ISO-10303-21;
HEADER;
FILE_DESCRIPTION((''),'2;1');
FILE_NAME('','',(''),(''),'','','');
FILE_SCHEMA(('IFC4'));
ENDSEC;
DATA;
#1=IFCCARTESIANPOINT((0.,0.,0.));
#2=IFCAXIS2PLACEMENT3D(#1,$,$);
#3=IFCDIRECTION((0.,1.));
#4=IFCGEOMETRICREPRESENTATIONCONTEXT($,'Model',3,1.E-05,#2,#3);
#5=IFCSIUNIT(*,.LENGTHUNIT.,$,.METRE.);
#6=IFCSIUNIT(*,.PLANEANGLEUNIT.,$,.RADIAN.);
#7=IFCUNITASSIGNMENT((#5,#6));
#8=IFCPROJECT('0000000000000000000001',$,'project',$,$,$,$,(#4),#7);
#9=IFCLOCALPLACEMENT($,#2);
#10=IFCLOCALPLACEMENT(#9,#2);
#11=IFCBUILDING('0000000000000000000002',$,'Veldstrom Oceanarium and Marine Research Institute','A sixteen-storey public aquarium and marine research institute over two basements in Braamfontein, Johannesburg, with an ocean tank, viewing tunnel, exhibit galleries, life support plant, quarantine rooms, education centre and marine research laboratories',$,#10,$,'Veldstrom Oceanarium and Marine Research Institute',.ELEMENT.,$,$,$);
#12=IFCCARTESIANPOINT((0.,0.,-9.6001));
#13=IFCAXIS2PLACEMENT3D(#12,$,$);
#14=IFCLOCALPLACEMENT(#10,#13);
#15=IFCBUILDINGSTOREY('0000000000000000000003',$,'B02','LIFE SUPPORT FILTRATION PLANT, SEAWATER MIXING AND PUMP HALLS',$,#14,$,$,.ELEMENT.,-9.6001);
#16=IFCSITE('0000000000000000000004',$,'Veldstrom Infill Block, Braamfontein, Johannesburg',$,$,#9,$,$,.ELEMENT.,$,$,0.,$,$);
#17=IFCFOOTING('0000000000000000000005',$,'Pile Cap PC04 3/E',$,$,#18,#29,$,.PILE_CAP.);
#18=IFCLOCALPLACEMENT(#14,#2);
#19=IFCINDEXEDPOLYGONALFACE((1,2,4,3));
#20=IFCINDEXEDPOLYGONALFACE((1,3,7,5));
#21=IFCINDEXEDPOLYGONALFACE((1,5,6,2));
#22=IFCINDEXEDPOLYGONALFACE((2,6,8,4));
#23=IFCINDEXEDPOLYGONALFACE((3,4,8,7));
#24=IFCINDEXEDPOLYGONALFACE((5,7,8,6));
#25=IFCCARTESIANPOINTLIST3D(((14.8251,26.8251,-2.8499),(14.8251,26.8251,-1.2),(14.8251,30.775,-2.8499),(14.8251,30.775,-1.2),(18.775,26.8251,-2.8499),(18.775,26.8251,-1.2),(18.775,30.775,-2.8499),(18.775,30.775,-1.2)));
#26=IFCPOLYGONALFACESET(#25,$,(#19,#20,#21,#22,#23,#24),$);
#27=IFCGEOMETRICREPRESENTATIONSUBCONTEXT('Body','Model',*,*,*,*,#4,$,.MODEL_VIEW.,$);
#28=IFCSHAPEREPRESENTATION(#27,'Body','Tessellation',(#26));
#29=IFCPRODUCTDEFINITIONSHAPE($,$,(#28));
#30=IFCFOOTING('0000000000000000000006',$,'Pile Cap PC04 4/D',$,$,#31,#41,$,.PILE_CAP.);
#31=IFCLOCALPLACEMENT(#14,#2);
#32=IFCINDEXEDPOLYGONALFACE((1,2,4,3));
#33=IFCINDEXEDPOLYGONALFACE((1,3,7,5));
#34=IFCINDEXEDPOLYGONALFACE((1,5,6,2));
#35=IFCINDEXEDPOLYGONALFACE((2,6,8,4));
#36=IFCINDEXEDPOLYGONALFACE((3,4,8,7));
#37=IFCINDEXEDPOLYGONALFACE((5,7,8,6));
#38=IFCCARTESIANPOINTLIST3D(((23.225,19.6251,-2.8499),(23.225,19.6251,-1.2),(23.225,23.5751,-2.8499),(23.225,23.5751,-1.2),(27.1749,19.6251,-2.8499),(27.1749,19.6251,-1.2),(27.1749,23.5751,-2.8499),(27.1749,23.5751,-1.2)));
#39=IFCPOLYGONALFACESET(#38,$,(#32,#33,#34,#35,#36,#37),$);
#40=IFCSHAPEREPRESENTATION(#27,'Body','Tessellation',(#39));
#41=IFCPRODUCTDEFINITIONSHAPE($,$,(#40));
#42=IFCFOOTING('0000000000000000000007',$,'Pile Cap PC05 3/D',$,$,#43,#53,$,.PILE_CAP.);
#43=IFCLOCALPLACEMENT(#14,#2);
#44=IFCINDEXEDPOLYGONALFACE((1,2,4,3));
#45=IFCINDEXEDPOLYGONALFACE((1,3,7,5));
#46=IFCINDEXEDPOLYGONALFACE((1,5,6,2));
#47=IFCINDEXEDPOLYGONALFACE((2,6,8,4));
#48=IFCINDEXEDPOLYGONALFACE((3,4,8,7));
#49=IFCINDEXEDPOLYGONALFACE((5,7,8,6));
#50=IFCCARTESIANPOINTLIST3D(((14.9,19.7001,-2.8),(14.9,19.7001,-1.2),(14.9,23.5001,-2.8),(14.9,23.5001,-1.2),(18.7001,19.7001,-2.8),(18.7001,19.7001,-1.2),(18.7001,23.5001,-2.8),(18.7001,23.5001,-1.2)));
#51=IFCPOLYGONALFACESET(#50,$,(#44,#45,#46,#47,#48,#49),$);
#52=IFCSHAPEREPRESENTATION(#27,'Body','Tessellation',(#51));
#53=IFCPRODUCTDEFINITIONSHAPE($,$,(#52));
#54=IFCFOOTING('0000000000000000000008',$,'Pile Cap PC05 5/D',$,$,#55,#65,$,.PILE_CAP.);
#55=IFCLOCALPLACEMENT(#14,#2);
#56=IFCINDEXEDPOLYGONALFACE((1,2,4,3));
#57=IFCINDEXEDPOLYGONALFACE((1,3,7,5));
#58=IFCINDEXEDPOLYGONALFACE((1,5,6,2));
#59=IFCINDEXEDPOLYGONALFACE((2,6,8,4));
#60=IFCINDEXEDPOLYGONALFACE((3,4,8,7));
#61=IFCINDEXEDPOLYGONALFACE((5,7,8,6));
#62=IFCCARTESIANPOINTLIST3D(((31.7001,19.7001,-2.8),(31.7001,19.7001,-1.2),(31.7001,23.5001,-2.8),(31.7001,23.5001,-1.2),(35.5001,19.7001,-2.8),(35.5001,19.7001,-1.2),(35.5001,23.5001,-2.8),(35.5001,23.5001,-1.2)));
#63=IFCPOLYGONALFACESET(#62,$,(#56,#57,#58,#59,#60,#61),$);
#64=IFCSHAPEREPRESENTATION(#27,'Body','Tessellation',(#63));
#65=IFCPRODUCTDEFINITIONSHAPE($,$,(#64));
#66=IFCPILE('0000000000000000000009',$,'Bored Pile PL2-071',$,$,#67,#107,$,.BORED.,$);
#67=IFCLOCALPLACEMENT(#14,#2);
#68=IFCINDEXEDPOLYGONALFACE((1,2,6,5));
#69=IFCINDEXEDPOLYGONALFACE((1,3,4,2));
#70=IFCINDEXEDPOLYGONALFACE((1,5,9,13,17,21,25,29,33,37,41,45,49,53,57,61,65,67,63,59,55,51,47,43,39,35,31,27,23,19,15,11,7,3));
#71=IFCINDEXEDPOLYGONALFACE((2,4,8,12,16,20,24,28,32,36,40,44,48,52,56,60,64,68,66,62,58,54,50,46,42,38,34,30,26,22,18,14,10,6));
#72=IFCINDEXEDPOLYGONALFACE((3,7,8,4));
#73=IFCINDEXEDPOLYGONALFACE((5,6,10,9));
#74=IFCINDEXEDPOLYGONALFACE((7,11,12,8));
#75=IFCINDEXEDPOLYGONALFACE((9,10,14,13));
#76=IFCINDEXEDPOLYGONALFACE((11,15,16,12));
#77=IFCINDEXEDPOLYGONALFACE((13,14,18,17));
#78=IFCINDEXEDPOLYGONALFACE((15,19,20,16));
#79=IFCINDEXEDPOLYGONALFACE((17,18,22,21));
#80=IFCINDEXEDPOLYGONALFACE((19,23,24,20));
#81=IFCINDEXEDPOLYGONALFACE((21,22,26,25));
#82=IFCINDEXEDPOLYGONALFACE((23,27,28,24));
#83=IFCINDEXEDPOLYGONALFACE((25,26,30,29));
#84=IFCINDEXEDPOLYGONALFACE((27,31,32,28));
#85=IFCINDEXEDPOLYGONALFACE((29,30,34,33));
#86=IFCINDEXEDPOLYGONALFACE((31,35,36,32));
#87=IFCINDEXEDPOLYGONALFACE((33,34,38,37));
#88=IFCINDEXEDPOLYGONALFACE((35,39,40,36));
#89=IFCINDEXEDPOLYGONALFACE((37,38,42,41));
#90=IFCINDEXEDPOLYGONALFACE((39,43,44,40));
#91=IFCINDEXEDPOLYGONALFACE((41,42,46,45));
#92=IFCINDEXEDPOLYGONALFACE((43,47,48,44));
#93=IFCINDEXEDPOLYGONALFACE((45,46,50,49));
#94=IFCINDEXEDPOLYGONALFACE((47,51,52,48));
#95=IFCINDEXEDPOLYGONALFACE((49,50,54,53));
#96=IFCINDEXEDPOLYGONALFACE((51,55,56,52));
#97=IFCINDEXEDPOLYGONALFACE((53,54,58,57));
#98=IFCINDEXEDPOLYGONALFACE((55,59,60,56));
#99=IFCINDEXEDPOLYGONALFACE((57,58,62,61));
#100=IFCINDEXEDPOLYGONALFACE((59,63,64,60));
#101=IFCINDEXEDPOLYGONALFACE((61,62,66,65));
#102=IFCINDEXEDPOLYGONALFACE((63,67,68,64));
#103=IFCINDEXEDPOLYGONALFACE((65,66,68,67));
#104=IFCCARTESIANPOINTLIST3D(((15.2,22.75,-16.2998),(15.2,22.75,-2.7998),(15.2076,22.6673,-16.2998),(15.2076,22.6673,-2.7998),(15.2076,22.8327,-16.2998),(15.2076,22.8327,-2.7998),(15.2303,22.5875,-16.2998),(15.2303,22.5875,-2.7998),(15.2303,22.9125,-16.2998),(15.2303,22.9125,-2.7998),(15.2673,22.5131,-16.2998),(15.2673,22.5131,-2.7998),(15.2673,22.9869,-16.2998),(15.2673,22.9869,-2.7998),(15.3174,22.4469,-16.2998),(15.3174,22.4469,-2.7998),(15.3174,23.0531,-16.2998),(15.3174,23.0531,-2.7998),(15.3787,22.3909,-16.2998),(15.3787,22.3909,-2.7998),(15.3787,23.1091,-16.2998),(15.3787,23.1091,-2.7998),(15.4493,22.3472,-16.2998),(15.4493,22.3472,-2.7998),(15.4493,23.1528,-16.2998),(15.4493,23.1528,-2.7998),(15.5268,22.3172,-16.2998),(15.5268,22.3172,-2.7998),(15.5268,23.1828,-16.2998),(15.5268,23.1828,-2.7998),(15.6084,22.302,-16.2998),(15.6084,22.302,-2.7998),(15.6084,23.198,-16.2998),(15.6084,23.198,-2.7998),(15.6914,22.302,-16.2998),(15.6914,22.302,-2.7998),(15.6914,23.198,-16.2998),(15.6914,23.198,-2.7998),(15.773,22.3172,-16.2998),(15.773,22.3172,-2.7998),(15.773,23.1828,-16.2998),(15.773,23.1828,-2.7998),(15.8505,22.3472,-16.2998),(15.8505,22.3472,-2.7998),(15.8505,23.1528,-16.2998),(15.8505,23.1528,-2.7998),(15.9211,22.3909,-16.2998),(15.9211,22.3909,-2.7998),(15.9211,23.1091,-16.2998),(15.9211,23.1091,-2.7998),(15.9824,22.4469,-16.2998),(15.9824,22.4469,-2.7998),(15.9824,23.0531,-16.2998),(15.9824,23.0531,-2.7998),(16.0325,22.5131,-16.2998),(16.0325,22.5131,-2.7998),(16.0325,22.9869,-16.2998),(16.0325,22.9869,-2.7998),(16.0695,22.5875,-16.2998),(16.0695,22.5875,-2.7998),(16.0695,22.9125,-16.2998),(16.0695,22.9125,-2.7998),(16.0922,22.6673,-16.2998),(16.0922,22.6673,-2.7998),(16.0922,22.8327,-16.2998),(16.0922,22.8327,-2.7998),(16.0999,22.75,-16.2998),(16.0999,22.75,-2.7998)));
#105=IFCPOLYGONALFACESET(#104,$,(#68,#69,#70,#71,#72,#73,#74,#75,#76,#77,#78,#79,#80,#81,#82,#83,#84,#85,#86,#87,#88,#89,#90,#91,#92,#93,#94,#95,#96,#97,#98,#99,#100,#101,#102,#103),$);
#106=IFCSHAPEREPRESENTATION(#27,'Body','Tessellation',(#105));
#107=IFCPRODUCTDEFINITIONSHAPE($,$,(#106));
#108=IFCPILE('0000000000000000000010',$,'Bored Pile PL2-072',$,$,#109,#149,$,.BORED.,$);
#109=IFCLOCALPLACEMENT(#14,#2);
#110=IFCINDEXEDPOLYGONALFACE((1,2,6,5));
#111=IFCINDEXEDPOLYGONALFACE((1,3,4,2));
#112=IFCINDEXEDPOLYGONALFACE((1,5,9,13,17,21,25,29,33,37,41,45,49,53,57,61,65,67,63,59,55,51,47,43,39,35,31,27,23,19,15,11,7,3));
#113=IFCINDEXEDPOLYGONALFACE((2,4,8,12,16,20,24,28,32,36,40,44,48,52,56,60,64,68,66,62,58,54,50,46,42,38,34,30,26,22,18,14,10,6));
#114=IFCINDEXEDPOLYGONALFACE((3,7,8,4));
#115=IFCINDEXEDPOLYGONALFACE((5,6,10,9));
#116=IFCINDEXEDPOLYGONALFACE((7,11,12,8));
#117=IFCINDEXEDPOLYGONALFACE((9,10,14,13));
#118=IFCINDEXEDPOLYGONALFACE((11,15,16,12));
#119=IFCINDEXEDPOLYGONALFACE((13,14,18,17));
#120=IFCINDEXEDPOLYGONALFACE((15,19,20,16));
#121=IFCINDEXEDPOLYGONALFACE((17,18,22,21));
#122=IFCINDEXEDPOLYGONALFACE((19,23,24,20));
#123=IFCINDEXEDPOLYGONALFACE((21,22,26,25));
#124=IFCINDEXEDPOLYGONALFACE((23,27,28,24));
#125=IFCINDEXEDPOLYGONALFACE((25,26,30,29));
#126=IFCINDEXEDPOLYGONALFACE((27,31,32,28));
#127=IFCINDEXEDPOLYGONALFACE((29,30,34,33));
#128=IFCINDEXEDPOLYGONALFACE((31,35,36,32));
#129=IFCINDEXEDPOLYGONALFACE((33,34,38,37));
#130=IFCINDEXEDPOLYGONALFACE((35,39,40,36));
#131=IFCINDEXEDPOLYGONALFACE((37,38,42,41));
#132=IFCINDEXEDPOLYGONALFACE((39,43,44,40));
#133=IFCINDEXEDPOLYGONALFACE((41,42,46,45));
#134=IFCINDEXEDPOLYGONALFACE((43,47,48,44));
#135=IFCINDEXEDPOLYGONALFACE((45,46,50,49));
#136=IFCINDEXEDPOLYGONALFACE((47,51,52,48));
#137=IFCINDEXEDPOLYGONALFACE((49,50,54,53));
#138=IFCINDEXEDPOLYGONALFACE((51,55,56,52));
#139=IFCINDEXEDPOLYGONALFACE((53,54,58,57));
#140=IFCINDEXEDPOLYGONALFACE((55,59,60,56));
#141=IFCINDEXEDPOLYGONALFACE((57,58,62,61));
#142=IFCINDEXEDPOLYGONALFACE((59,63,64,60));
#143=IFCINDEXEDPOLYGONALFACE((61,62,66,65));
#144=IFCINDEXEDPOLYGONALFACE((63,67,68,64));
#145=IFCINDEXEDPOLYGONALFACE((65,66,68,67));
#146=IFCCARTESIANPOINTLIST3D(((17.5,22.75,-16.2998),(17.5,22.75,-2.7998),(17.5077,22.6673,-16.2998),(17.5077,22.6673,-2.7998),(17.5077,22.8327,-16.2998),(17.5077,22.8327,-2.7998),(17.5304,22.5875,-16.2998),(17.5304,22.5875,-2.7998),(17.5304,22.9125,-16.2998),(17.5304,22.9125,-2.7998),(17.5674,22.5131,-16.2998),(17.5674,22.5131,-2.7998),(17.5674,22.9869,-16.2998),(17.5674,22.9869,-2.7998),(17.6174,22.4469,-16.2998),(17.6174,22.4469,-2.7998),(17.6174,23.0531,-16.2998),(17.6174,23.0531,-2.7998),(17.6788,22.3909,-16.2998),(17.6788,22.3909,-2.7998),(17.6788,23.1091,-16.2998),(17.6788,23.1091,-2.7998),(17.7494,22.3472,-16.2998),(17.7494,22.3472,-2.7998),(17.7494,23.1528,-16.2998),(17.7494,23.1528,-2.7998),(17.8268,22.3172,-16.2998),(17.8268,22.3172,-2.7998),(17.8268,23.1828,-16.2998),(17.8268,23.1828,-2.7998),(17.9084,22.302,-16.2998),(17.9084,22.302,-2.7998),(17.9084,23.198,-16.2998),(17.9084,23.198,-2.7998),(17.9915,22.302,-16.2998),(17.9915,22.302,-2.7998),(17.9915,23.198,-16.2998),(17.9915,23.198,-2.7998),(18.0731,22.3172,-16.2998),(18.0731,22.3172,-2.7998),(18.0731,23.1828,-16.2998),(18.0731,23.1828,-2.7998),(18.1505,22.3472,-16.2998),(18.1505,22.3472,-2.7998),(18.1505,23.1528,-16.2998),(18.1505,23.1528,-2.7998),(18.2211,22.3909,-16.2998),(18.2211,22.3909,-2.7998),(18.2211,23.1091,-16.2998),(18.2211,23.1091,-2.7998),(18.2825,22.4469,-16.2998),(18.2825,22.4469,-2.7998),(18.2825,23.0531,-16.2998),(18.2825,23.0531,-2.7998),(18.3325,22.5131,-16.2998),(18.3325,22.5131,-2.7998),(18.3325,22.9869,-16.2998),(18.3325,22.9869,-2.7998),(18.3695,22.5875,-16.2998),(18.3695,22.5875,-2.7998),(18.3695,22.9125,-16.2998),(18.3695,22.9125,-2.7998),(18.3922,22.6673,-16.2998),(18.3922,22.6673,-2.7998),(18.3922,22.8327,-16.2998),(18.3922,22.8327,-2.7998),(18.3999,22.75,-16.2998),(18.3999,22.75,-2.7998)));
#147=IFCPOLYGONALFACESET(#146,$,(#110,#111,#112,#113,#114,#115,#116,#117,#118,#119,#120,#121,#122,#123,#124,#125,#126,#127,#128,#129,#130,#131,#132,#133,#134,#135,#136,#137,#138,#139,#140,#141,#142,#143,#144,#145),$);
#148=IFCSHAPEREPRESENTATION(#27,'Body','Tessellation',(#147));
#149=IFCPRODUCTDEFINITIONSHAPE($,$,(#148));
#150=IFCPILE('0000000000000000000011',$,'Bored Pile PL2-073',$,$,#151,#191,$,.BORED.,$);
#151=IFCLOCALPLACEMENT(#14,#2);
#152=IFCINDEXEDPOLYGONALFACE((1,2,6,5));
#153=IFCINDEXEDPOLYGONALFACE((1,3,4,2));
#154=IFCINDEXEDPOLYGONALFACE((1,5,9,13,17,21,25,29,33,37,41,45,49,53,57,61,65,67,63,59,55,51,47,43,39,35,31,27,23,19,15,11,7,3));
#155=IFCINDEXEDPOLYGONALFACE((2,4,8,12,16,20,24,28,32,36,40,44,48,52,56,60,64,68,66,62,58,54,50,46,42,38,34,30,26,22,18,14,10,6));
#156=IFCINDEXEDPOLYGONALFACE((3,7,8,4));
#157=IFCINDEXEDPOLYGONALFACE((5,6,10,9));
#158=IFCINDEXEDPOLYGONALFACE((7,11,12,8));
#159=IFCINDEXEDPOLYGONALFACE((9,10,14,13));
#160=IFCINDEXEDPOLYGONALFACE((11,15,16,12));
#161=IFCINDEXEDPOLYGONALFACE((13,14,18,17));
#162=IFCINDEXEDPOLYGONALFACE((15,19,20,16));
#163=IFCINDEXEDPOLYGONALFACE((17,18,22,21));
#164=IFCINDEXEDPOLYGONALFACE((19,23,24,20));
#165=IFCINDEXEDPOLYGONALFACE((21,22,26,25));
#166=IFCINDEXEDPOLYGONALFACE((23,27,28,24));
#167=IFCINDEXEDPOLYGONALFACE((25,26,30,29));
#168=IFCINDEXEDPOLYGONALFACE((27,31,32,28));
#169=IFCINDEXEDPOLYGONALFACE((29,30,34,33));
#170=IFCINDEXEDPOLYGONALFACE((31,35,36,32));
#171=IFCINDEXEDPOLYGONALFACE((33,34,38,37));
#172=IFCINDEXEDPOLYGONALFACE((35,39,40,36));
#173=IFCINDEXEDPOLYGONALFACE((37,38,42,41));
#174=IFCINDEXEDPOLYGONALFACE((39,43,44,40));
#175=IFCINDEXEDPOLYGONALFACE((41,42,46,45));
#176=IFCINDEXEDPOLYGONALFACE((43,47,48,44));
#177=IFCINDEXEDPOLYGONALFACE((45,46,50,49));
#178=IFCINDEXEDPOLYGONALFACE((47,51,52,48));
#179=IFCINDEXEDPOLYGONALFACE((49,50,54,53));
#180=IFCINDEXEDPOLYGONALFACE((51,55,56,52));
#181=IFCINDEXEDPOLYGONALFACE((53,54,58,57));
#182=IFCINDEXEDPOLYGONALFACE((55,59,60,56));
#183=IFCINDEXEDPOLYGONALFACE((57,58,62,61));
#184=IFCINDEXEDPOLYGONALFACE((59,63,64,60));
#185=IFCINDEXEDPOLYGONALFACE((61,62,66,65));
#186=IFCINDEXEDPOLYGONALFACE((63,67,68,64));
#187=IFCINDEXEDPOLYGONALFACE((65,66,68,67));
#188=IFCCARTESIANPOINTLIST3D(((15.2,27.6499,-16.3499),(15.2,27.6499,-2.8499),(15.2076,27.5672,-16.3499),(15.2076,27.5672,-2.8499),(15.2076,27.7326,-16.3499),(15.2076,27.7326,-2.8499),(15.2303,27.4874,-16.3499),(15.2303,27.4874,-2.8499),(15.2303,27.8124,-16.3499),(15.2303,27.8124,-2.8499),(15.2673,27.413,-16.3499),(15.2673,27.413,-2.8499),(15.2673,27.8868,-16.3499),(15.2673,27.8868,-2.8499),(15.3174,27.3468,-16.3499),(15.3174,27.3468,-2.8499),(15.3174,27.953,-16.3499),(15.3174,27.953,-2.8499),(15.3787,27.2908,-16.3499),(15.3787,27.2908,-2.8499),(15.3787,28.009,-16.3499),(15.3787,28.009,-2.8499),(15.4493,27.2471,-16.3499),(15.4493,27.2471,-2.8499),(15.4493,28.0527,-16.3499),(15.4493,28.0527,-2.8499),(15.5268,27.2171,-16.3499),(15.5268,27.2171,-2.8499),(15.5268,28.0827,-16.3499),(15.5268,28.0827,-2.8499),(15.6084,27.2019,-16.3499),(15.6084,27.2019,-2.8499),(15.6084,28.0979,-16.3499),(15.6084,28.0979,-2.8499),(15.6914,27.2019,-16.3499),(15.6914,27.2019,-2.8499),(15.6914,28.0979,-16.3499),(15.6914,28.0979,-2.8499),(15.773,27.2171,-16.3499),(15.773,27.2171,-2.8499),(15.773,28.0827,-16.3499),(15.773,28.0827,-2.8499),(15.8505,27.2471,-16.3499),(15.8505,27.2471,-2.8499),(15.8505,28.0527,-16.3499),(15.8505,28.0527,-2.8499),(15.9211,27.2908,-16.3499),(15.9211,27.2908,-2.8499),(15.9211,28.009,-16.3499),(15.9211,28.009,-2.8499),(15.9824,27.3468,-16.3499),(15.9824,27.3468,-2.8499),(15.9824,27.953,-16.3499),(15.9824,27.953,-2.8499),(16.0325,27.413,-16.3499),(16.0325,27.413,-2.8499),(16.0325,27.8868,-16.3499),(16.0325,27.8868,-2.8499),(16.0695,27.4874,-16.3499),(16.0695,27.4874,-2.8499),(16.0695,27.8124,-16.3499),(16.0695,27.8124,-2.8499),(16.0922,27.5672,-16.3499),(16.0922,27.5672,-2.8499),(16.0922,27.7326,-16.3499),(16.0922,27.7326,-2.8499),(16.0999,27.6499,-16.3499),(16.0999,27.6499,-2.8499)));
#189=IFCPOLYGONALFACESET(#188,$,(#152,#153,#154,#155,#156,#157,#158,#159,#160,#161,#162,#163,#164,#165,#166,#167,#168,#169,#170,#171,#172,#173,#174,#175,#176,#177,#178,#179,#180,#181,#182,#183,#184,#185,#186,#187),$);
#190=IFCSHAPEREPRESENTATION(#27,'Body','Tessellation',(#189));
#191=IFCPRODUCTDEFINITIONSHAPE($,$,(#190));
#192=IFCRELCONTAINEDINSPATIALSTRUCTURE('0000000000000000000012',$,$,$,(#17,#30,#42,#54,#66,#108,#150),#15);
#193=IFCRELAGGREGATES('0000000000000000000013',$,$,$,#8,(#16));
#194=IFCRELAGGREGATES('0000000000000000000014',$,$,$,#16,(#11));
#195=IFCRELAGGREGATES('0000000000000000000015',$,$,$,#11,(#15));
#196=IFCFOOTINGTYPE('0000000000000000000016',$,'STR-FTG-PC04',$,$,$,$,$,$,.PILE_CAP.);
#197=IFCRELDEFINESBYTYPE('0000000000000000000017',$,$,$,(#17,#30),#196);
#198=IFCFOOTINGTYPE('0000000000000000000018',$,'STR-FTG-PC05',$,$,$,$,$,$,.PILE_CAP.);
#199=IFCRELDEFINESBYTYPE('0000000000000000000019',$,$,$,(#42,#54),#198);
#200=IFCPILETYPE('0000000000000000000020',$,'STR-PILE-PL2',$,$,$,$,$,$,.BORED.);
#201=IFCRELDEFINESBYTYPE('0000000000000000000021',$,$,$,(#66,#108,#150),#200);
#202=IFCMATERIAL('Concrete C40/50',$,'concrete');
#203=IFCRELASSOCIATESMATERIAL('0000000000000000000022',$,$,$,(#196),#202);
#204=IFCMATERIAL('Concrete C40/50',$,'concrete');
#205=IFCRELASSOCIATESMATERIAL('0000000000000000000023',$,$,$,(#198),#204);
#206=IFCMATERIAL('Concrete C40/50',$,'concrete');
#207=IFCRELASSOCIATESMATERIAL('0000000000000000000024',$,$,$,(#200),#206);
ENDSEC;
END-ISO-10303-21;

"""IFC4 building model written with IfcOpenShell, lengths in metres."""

from ifc_helpers import new_model, si_unit, direction, frame, origin, origin_2d, place, context, subcontext, project, spatial, rectangle, circle, extrude, material, material_profile, profile_set, type_object, element, save


model = new_model("IFC4")

# Units and contexts
model_context = context("Model", 3, precision=1e-05, world=origin(), true_north=direction((0.0, 1.0)))
body_context = subcontext(model_context, "Body", "Model", "MODEL_VIEW")
ifc_project = project(units=[si_unit("LENGTHUNIT", "METRE"), si_unit("PLANEANGLEUNIT", "RADIAN")], contexts=[model_context])

# Site, building, storey
site_placement = place(None, origin())
site = spatial("IfcSite", under=ifc_project, at=site_placement, Name="Veldstrom Infill Block, Braamfontein, Johannesburg", CompositionType="ELEMENT", RefElevation=0.0)
building_placement = place(site_placement, origin())
building = spatial("IfcBuilding", under=site, at=building_placement, Name="Veldstrom Oceanarium and Marine Research Institute", Description="A sixteen-storey public aquarium and marine research institute over two basements in Braamfontein, Johannesburg, with an ocean tank, viewing tunnel, exhibit galleries, life support plant, quarantine rooms, education centre and marine research laboratories", LongName="Veldstrom Oceanarium and Marine Research Institute", CompositionType="ELEMENT")
storey_placement = place(building_placement, frame((0.0, 0.0, -9.6001)))
storey = spatial("IfcBuildingStorey", under=building, at=storey_placement, Name="B02", Description="LIFE SUPPORT FILTRATION PLANT, SEAWATER MIXING AND PUMP HALLS", CompositionType="ELEMENT", Elevation=-9.6001)

# Footings
ifc_material_1 = material(Name="Concrete C40/50", Category="concrete")
footing_type_1 = type_object("IfcFootingType", Name="STR-FTG-PC04", PredefinedType="PILE_CAP", material=ifc_material_1)
for number, where, z_axis, x_axis, name in (
    (1, (16.8, 28.8, -2.8499), (0.0, 0.0, 1.0), (1.0, 0.0, 0.0), "Pile Cap PC04 3/E"),
    (2, (25.2, 21.6001, -2.8499), (0.0, 0.0, 1.0), (1.0, 0.0, 0.0), "Pile Cap PC04 4/D"),
):
    element("IfcFooting", number, at=place(storey_placement, frame(where, z_axis=z_axis, x_axis=x_axis)), inside=storey, type_object=footing_type_1, Name=name, PredefinedType="PILE_CAP", context=body_context, shape_type="SweptSolid", body=[
        extrude(rectangle(XDim=3.95, YDim=3.95, at=origin_2d()), origin(), (0.0, 0.0, 1.0), 1.6499),
    ])
ifc_material_2 = material(Name="Concrete C40/50", Category="concrete")
footing_type_2 = type_object("IfcFootingType", Name="STR-FTG-PC05", PredefinedType="PILE_CAP", material=ifc_material_2)
for number, where, z_axis, x_axis, name in (
    (3, (16.8, 21.6001, -2.8), (0.0, 0.0, 1.0), (1.0, 0.0, 0.0), "Pile Cap PC05 3/D"),
    (4, (33.6001, 21.6001, -2.8), (0.0, 0.0, 1.0), (1.0, 0.0, 0.0), "Pile Cap PC05 5/D"),
):
    element("IfcFooting", number, at=place(storey_placement, frame(where, z_axis=z_axis, x_axis=x_axis)), inside=storey, type_object=footing_type_2, Name=name, PredefinedType="PILE_CAP", context=body_context, shape_type="SweptSolid", body=[
        extrude(rectangle(XDim=3.8, YDim=3.8, at=origin_2d()), origin(), (0.0, 0.0, 1.0), 1.6001),
    ])

# Piles
ifc_material_3 = material(Name="Concrete C40/50", Category="concrete")
ifc_material_profile_1 = material_profile(ifc_material_3, circle(Radius=0.45, at=origin_2d()), Name="PILE-D900")
ifc_profile_set_1 = profile_set([ifc_material_profile_1], Name="Concrete C40/50")
pile_type = type_object("IfcPileType", Name="STR-PILE-PL2", PredefinedType="BORED", material=ifc_profile_set_1)
for number, where, z_axis, x_axis, name in (
    (5, (15.6499, 22.75, -2.7998), (0.0, 0.0, -1.0), (1.0, 0.0, 0.0), "Bored Pile PL2-071"),
    (6, (17.95, 22.75, -2.7998), (0.0, 0.0, -1.0), (1.0, 0.0, 0.0), "Bored Pile PL2-072"),
    (7, (15.6499, 27.6499, -2.8499), (0.0, 0.0, -1.0), (1.0, 0.0, 0.0), "Bored Pile PL2-073"),
):
    element("IfcPile", number, at=place(storey_placement, frame(where, z_axis=z_axis, x_axis=x_axis)), inside=storey, type_object=pile_type, Name=name, PredefinedType="BORED", context=body_context, shape_type="SweptSolid", body=[
        extrude(circle(Radius=0.45, at=origin_2d()), origin(), (0.0, 0.0, 1.0), 13.5),
    ])

save(model, "model.ifc")
